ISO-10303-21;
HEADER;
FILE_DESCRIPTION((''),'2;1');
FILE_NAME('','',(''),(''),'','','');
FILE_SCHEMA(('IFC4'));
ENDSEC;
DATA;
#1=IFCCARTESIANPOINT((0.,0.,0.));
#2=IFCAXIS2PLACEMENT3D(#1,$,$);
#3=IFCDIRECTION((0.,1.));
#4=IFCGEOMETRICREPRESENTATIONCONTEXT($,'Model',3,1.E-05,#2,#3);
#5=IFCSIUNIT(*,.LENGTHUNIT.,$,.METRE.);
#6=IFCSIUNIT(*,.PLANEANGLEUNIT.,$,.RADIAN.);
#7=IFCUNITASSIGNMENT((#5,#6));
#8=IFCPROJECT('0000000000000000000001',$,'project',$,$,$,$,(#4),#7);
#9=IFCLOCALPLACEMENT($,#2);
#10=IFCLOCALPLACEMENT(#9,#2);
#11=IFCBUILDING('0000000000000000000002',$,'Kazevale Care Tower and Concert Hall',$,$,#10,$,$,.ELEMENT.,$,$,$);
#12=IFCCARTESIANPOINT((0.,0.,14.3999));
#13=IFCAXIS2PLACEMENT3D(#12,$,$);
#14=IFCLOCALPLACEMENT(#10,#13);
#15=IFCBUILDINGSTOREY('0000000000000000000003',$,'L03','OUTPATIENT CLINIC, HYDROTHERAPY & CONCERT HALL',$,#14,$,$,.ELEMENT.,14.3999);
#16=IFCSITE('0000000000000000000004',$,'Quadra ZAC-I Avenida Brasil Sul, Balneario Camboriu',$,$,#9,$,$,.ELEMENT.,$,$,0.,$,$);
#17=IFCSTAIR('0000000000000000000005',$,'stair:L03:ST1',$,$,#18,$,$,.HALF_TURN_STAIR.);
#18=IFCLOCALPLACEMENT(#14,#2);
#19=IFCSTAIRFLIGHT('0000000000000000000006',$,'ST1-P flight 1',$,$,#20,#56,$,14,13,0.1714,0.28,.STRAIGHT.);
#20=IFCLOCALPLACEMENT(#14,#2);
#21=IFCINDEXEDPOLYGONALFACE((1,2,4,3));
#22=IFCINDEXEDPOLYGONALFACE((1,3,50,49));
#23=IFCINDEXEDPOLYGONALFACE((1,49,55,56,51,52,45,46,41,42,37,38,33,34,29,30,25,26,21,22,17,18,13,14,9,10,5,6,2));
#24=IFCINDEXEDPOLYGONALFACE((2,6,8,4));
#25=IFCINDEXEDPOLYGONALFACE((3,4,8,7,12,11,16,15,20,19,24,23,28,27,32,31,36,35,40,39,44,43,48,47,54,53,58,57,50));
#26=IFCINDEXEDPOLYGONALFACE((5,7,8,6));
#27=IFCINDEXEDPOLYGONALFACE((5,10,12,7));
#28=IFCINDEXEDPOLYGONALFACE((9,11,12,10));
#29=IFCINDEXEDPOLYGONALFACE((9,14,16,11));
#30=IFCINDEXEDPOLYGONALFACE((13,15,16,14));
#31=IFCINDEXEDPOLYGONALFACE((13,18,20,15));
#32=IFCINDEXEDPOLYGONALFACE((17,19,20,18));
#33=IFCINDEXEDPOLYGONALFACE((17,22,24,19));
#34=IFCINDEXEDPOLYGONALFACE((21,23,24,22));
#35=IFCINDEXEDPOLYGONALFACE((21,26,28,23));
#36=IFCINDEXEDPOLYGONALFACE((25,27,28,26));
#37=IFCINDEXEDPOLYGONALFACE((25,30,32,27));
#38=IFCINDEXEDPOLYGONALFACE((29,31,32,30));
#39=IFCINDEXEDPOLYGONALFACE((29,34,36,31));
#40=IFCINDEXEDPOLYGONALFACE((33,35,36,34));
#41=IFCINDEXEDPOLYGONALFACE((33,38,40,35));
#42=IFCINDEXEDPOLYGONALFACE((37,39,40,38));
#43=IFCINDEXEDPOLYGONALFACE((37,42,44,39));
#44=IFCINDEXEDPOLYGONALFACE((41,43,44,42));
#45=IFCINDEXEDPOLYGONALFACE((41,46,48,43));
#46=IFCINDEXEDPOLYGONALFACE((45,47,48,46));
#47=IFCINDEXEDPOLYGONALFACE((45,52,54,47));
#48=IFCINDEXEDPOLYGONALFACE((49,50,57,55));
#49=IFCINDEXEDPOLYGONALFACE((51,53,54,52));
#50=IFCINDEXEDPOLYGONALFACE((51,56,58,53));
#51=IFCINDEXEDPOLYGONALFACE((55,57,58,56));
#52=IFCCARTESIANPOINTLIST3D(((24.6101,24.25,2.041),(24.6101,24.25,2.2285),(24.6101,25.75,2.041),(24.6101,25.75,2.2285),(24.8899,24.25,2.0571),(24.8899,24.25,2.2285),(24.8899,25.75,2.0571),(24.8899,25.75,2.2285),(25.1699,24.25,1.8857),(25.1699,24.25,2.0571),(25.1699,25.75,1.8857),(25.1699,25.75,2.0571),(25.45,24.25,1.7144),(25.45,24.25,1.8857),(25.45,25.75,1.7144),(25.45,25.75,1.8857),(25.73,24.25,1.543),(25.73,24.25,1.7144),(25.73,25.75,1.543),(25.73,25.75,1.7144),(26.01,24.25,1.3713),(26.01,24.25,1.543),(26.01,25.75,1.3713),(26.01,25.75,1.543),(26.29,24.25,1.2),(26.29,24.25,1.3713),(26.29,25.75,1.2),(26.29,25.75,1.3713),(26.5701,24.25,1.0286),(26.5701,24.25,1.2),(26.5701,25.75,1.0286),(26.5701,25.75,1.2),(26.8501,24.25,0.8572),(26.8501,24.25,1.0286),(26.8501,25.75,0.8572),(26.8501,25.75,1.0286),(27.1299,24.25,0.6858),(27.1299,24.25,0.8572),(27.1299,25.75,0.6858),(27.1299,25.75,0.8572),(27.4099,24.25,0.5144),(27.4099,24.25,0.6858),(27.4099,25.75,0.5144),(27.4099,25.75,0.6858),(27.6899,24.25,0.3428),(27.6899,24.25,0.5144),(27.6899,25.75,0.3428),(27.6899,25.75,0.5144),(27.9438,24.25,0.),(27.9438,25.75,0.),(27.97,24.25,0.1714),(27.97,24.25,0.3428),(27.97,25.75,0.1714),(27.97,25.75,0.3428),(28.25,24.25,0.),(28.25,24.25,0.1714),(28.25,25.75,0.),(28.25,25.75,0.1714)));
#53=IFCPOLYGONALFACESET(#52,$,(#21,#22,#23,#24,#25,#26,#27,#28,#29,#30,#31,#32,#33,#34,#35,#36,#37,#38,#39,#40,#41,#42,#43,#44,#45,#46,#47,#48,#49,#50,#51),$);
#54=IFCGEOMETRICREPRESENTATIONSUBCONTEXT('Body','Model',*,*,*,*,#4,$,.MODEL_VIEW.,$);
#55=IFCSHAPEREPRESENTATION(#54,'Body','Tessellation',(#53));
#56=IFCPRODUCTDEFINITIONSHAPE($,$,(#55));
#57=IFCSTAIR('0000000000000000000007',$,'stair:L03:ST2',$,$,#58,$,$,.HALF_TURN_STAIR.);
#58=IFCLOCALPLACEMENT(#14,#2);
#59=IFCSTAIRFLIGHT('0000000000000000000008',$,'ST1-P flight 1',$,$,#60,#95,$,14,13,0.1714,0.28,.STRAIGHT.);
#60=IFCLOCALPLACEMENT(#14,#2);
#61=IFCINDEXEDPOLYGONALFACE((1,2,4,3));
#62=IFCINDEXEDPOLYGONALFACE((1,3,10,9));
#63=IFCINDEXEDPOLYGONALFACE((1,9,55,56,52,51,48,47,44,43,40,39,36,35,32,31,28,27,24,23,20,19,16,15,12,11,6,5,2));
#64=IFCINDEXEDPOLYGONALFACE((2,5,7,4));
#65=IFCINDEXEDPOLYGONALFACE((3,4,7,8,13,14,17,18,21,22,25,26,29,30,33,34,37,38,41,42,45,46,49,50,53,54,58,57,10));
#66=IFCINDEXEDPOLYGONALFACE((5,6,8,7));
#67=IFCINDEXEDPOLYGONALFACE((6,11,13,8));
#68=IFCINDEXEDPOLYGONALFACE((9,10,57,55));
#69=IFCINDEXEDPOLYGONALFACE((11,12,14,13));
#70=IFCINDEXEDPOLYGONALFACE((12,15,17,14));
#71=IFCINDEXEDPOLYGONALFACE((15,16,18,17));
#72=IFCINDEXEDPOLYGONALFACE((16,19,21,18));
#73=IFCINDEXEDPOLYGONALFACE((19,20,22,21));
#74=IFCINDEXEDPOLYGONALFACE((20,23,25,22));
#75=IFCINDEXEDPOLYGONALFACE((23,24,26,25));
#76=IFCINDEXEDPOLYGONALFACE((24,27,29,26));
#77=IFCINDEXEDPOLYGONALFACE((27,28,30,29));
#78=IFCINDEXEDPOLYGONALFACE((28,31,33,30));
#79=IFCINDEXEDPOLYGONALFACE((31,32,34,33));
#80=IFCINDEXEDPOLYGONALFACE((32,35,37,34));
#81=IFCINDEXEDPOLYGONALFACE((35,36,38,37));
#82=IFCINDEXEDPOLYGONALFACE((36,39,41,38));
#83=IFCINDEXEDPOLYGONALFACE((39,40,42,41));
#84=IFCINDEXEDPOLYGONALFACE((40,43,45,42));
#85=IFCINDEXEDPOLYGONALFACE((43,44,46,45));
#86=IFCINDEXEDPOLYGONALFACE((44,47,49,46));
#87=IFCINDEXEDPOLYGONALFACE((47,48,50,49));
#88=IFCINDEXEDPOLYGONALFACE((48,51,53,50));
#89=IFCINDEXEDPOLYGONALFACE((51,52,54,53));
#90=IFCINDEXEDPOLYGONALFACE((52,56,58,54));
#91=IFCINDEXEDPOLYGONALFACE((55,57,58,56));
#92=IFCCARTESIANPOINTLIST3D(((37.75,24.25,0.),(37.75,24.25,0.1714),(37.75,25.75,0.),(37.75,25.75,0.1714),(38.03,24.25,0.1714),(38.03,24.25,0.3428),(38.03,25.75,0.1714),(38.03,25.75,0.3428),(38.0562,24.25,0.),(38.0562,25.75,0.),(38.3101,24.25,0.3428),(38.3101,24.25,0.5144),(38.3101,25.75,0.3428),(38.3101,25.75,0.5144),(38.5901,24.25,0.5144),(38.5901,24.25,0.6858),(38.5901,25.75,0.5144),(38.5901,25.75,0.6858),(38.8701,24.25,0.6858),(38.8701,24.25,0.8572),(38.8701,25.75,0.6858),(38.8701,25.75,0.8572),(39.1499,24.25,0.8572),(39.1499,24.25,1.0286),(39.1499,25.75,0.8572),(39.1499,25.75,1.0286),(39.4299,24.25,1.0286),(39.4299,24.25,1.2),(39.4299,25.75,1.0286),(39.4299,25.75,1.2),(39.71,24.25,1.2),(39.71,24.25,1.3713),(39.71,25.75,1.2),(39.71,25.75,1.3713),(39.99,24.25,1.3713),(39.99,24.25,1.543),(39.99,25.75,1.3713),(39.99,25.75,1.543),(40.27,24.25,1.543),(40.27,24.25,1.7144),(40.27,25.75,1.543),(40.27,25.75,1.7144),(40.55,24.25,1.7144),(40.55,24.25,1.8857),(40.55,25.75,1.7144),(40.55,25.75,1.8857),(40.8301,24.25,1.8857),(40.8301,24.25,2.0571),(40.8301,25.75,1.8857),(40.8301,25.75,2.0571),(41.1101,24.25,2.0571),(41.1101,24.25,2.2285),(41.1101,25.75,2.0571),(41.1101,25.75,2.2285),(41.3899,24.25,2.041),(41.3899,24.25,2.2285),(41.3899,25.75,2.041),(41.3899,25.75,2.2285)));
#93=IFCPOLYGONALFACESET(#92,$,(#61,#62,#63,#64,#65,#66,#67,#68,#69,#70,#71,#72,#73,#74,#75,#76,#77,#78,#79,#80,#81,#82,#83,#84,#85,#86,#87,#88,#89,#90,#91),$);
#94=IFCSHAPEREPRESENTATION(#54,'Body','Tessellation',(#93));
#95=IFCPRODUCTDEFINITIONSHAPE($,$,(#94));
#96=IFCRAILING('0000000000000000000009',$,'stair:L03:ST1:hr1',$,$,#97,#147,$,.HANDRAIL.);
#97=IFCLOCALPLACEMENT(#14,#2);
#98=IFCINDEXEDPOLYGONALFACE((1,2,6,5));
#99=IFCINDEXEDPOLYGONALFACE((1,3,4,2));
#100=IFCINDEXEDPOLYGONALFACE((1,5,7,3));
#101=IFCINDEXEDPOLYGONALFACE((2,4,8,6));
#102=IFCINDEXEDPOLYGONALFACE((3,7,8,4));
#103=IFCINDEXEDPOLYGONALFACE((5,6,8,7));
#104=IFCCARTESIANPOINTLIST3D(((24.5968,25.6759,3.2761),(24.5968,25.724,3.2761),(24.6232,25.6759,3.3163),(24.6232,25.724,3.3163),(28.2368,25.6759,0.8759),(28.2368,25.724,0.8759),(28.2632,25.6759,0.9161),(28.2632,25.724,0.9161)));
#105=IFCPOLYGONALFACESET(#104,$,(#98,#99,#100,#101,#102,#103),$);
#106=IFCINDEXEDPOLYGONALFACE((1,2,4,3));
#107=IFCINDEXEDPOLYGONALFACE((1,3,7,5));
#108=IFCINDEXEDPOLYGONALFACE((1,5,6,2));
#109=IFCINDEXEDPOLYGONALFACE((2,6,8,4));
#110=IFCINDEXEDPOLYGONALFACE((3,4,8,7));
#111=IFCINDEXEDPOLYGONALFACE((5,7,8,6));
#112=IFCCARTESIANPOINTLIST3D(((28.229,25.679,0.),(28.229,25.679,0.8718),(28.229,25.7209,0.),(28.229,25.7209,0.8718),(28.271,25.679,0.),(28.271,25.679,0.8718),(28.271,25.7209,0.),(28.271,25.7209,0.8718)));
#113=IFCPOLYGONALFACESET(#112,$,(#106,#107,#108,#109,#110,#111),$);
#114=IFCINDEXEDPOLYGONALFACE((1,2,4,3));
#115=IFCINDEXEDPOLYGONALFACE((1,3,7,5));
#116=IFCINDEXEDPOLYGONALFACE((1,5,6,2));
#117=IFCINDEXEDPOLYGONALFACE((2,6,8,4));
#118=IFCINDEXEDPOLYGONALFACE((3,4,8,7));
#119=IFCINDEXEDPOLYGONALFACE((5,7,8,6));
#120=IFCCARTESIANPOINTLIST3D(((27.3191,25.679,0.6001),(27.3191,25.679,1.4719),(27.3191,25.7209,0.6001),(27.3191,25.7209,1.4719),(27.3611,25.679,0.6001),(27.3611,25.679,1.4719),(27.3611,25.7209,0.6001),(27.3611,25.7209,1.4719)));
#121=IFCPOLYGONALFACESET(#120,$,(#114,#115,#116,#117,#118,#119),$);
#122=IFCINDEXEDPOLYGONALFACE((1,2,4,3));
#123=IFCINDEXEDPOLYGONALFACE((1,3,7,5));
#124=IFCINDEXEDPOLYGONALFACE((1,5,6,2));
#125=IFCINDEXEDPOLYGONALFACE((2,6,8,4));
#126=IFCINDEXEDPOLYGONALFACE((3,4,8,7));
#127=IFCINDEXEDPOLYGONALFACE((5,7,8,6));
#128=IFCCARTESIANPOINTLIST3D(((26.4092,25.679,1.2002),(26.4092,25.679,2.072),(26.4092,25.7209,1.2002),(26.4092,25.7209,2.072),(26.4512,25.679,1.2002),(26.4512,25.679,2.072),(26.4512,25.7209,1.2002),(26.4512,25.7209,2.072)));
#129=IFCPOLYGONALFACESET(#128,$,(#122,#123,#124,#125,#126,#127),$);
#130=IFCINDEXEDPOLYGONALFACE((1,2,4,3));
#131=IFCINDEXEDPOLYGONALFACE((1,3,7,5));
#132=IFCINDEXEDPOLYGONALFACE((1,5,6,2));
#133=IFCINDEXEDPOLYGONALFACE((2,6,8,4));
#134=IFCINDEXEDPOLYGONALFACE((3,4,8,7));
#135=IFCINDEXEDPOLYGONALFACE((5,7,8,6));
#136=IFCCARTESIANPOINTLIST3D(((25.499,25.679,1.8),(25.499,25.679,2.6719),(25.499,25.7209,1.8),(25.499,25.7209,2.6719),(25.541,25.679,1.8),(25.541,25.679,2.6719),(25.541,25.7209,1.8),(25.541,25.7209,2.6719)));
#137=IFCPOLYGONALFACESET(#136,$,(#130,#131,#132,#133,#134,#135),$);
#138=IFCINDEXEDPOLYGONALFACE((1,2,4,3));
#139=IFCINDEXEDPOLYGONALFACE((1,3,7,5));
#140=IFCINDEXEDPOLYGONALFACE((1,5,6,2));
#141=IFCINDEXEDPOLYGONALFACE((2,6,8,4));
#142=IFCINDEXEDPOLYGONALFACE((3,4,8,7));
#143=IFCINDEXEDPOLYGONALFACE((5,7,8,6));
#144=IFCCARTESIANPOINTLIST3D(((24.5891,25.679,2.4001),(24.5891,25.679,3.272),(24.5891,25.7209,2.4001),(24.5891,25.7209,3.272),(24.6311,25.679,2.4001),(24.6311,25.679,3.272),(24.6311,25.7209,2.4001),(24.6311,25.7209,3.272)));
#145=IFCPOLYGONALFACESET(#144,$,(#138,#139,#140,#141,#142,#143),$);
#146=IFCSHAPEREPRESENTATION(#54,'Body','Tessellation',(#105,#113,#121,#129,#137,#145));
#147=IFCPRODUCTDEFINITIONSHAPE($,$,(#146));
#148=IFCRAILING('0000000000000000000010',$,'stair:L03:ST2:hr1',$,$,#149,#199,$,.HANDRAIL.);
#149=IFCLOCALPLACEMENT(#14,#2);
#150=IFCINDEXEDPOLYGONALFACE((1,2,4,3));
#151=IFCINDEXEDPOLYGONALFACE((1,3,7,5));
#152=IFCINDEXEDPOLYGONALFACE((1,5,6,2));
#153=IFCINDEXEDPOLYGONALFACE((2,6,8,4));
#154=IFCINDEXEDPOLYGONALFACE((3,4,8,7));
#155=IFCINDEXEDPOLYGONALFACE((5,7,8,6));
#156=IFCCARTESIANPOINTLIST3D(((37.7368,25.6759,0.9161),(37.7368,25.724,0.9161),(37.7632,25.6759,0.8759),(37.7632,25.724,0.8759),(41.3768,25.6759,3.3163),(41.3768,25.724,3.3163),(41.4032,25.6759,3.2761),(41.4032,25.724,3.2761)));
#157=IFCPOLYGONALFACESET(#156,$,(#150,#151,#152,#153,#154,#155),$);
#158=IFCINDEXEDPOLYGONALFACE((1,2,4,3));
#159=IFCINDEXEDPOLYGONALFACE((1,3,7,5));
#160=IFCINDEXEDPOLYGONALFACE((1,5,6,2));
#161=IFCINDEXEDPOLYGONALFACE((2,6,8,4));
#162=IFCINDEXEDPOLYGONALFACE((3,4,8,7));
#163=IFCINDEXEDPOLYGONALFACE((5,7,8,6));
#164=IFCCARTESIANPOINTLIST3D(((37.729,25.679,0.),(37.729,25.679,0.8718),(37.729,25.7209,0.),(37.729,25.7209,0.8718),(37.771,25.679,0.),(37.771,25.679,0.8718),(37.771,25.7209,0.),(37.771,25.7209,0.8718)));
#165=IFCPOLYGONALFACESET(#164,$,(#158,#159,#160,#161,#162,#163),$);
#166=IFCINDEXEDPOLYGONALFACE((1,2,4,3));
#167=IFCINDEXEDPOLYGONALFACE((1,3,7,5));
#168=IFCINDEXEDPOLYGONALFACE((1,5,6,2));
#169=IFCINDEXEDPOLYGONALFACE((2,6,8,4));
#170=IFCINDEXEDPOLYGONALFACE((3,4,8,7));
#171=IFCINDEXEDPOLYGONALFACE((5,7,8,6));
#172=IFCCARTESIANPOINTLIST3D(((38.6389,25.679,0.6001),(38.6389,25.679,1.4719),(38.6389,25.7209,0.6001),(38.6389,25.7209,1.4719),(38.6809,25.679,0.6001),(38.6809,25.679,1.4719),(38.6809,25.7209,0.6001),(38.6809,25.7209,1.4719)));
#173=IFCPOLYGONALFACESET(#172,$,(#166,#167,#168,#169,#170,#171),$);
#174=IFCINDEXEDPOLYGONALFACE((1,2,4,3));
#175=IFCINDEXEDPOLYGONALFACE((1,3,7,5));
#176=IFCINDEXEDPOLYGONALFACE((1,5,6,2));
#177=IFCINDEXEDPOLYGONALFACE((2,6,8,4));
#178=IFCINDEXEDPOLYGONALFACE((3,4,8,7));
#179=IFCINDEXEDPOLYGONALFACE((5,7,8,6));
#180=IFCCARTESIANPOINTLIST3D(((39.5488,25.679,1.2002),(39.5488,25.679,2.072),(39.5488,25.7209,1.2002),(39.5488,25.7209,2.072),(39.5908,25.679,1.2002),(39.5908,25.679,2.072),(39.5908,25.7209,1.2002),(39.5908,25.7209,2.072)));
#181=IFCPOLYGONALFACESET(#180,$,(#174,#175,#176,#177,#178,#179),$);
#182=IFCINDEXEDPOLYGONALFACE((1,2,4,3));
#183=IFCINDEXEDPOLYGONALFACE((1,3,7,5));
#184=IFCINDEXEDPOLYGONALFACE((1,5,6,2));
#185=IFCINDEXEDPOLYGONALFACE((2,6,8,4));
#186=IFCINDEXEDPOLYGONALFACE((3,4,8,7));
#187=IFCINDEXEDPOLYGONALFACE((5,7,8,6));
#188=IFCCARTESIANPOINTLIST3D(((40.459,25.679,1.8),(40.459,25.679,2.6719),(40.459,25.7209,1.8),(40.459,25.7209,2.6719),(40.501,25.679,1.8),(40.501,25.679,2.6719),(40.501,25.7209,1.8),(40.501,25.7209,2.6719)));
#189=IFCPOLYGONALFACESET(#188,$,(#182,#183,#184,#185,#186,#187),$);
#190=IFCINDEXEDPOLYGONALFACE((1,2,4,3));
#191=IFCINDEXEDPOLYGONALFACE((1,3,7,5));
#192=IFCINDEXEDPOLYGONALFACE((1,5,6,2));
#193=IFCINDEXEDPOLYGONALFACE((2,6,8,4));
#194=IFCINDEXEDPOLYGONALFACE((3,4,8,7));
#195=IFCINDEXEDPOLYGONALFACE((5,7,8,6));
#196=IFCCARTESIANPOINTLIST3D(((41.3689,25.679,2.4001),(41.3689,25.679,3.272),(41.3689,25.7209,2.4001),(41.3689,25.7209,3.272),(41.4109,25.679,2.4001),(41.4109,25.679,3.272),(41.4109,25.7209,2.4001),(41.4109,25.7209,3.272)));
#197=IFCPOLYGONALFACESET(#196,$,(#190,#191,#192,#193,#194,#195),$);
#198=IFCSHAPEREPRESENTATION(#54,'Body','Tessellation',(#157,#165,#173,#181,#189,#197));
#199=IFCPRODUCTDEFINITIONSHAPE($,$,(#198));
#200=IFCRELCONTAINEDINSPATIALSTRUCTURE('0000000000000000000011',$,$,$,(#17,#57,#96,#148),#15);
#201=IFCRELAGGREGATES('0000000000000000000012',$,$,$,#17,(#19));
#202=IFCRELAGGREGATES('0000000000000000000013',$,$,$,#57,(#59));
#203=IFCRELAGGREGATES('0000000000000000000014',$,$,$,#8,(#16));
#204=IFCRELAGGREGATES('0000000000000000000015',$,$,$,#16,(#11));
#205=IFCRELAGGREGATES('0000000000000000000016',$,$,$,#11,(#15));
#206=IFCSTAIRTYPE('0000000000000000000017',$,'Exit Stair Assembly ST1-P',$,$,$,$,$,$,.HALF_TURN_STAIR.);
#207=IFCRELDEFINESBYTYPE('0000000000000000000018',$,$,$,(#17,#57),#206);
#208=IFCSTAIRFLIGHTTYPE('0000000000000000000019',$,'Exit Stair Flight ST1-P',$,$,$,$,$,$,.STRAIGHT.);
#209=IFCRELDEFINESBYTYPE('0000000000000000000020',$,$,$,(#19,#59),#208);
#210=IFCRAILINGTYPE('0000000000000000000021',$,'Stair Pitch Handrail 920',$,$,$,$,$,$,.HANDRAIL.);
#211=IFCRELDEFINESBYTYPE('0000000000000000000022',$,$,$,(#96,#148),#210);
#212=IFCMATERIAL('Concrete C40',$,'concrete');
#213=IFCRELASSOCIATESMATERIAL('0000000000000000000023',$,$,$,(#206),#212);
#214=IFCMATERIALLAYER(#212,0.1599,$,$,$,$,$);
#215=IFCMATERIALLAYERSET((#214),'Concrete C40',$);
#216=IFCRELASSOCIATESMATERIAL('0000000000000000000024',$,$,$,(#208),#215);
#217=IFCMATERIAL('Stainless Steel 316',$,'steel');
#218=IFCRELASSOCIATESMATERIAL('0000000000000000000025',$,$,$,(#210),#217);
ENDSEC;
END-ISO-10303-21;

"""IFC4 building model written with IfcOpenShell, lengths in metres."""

from ifc_helpers import new_model, si_unit, direction, frame, origin, origin_2d, place, context, subcontext, project, spatial, polyline, rectangle, outline, extrude, material, layer, layer_set, type_object, element, aggregate, save


model = new_model("IFC4")

# Units and contexts
model_context = context("Model", 3, precision=1e-05, world=origin(), true_north=direction((0.0, 1.0)))
body_context = subcontext(model_context, "Body", "Model", "MODEL_VIEW")
ifc_project = project(units=[si_unit("LENGTHUNIT", "METRE"), si_unit("PLANEANGLEUNIT", "RADIAN")], contexts=[model_context])

# Site, building, storey
site_placement = place(None, origin())
site = spatial("IfcSite", under=ifc_project, at=site_placement, Name="Quadra ZAC-I Avenida Brasil Sul, Balneario Camboriu", CompositionType="ELEMENT", RefElevation=0.0)
building_placement = place(site_placement, origin())
building = spatial("IfcBuilding", under=site, at=building_placement, Name="Kazevale Care Tower and Concert Hall", CompositionType="ELEMENT")
storey_placement = place(building_placement, frame((0.0, 0.0, 14.3999)))
storey = spatial("IfcBuildingStorey", under=building, at=storey_placement, Name="L03", Description="OUTPATIENT CLINIC, HYDROTHERAPY & CONCERT HALL", CompositionType="ELEMENT", Elevation=14.3999)

# Shared definitions
ifc_material_1 = material(Name="Concrete C40", Category="concrete")
ifc_material_2 = material(Name="Stainless Steel 316", Category="steel")

# Stairs, stair flights
stair_type = type_object("IfcStairType", Name="Exit Stair Assembly ST1-P", PredefinedType="HALF_TURN_STAIR", material=ifc_material_1)
stair_1_placement = place(storey_placement, origin())
stair_1 = element("IfcStair", 1, at=stair_1_placement, inside=storey, type_object=stair_type, Name="stair:L03:ST1", PredefinedType="HALF_TURN_STAIR")
ifc_layer_1 = layer(ifc_material_1, 0.1599)
ifc_layer_set_1 = layer_set([ifc_layer_1], Name="Concrete C40")
stair_flight_type = type_object("IfcStairFlightType", Name="Exit Stair Flight ST1-P", PredefinedType="STRAIGHT", material=ifc_layer_set_1)
stair_flight_1_placement = place(storey_placement, frame((28.25, 25.0, 0.0), z_axis=(0.0, 0.0, 1.0), x_axis=(-1.0, 0.0, 0.0)))
stair_flight_1 = element("IfcStairFlight", 2, at=stair_flight_1_placement, type_object=stair_flight_type, Name="ST1-P flight 1", NumberOfRisers=14, NumberOfTreads=13, PredefinedType="STRAIGHT", RiserHeight=0.1714, TreadLength=0.28, context=body_context, shape_type="SweptSolid", body=[
    extrude(outline(polyline([(0.0, 0.0), (0.0, 0.1714), (0.28, 0.1714), (0.28, 0.3428), (0.5601, 0.3428), (0.5601, 0.5144), (0.8401, 0.5144), (0.8401, 0.6858), (1.1201, 0.6858), (1.1201, 0.8572), (1.3999, 0.8572), (1.3999, 1.0286), (1.6799, 1.0286), (1.6799, 1.2), (1.96, 1.2), (1.96, 1.3713), (2.24, 1.3713), (2.24, 1.543), (2.52, 1.543), (2.52, 1.7144), (2.8, 1.7144), (2.8, 1.8857), (3.0801, 1.8857), (3.0801, 2.0571), (3.3601, 2.0571), (3.3601, 2.2285), (3.6399, 2.2285), (3.6399, 2.3999), (3.6399, 2.041), (0.3062, 0.0), (0.0, 0.0)])), frame((0.0, 0.75, 0.0), z_axis=(0.0, -1.0, 0.0), x_axis=(1.0, 0.0, 0.0)), (0.0, 0.0, 1.0), 1.5),
])
aggregate(stair_1, [stair_flight_1])
stair_2_placement = place(storey_placement, origin())
stair_2 = element("IfcStair", 3, at=stair_2_placement, inside=storey, type_object=stair_type, Name="stair:L03:ST2", PredefinedType="HALF_TURN_STAIR")
stair_flight_2_placement = place(storey_placement, frame((37.75, 25.0, 0.0), z_axis=(0.0, 0.0, 1.0), x_axis=(1.0, 0.0, 0.0)))
stair_flight_2 = element("IfcStairFlight", 4, at=stair_flight_2_placement, type_object=stair_flight_type, Name="ST1-P flight 1", NumberOfRisers=14, NumberOfTreads=13, PredefinedType="STRAIGHT", RiserHeight=0.1714, TreadLength=0.28, context=body_context, shape_type="SweptSolid", body=[
    extrude(outline(polyline([(0.0, 0.0), (0.0, 0.1714), (0.28, 0.1714), (0.28, 0.3428), (0.5601, 0.3428), (0.5601, 0.5144), (0.8401, 0.5144), (0.8401, 0.6858), (1.1201, 0.6858), (1.1201, 0.8572), (1.3999, 0.8572), (1.3999, 1.0286), (1.6799, 1.0286), (1.6799, 1.2), (1.96, 1.2), (1.96, 1.3713), (2.24, 1.3713), (2.24, 1.543), (2.52, 1.543), (2.52, 1.7144), (2.8, 1.7144), (2.8, 1.8857), (3.0801, 1.8857), (3.0801, 2.0571), (3.3601, 2.0571), (3.3601, 2.2285), (3.6399, 2.2285), (3.6399, 2.3999), (3.6399, 2.041), (0.3062, 0.0), (0.0, 0.0)])), frame((0.0, 0.75, 0.0), z_axis=(0.0, -1.0, 0.0), x_axis=(1.0, 0.0, 0.0)), (0.0, 0.0, 1.0), 1.5),
])
aggregate(stair_2, [stair_flight_2])

# Railings
railing_type_1 = type_object("IfcRailingType", Name="Stair Pitch Handrail 920", PredefinedType="HANDRAIL", material=ifc_material_2)
railing_1_placement = place(storey_placement, frame((28.25, 25.7, 0.0)))
element("IfcRailing", 5, at=railing_1_placement, inside=storey, type_object=railing_type_1, Name="stair:L03:ST1:hr1", PredefinedType="HANDRAIL", context=body_context, shape_type="SweptSolid", body=[
    extrude(rectangle(XDim=0.0481, YDim=0.0481, at=origin_2d()), frame((0.0, 0.0, 0.896), z_axis=(-0.834839, 0.0, 0.550493), x_axis=(0.0, -1.0, 0.0)), (0.0, 0.0, 1.0), 4.3601),
    extrude(rectangle(XDim=0.042, YDim=0.042, at=origin_2d()), origin(), (0.0, 0.0, 1.0), 0.8718),
    extrude(rectangle(XDim=0.042, YDim=0.042, at=origin_2d()), frame((-0.9099, 0.0, 0.6001)), (0.0, 0.0, 1.0), 0.8718),
    extrude(rectangle(XDim=0.042, YDim=0.042, at=origin_2d()), frame((-1.8198, 0.0, 1.2002)), (0.0, 0.0, 1.0), 0.8718),
    extrude(rectangle(XDim=0.042, YDim=0.042, at=origin_2d()), frame((-2.73, 0.0, 1.8)), (0.0, 0.0, 1.0), 0.8718),
    extrude(rectangle(XDim=0.042, YDim=0.042, at=origin_2d()), frame((-3.6399, 0.0, 2.4001)), (0.0, 0.0, 1.0), 0.8718),
])
railing_2_placement = place(storey_placement, frame((37.75, 25.7, 0.0)))
element("IfcRailing", 6, at=railing_2_placement, inside=storey, type_object=railing_type_1, Name="stair:L03:ST2:hr1", PredefinedType="HANDRAIL", context=body_context, shape_type="SweptSolid", body=[
    extrude(rectangle(XDim=0.0481, YDim=0.0481, at=origin_2d()), frame((0.0, 0.0, 0.896), z_axis=(0.834839, 0.0, 0.550493), x_axis=(0.0, 1.0, 0.0)), (0.0, 0.0, 1.0), 4.3601),
    extrude(rectangle(XDim=0.042, YDim=0.042, at=origin_2d()), origin(), (0.0, 0.0, 1.0), 0.8718),
    extrude(rectangle(XDim=0.042, YDim=0.042, at=origin_2d()), frame((0.9099, 0.0, 0.6001)), (0.0, 0.0, 1.0), 0.8718),
    extrude(rectangle(XDim=0.042, YDim=0.042, at=origin_2d()), frame((1.8198, 0.0, 1.2002)), (0.0, 0.0, 1.0), 0.8718),
    extrude(rectangle(XDim=0.042, YDim=0.042, at=origin_2d()), frame((2.73, 0.0, 1.8)), (0.0, 0.0, 1.0), 0.8718),
    extrude(rectangle(XDim=0.042, YDim=0.042, at=origin_2d()), frame((3.6399, 0.0, 2.4001)), (0.0, 0.0, 1.0), 0.8718),
])

save(model, "model.ifc")
